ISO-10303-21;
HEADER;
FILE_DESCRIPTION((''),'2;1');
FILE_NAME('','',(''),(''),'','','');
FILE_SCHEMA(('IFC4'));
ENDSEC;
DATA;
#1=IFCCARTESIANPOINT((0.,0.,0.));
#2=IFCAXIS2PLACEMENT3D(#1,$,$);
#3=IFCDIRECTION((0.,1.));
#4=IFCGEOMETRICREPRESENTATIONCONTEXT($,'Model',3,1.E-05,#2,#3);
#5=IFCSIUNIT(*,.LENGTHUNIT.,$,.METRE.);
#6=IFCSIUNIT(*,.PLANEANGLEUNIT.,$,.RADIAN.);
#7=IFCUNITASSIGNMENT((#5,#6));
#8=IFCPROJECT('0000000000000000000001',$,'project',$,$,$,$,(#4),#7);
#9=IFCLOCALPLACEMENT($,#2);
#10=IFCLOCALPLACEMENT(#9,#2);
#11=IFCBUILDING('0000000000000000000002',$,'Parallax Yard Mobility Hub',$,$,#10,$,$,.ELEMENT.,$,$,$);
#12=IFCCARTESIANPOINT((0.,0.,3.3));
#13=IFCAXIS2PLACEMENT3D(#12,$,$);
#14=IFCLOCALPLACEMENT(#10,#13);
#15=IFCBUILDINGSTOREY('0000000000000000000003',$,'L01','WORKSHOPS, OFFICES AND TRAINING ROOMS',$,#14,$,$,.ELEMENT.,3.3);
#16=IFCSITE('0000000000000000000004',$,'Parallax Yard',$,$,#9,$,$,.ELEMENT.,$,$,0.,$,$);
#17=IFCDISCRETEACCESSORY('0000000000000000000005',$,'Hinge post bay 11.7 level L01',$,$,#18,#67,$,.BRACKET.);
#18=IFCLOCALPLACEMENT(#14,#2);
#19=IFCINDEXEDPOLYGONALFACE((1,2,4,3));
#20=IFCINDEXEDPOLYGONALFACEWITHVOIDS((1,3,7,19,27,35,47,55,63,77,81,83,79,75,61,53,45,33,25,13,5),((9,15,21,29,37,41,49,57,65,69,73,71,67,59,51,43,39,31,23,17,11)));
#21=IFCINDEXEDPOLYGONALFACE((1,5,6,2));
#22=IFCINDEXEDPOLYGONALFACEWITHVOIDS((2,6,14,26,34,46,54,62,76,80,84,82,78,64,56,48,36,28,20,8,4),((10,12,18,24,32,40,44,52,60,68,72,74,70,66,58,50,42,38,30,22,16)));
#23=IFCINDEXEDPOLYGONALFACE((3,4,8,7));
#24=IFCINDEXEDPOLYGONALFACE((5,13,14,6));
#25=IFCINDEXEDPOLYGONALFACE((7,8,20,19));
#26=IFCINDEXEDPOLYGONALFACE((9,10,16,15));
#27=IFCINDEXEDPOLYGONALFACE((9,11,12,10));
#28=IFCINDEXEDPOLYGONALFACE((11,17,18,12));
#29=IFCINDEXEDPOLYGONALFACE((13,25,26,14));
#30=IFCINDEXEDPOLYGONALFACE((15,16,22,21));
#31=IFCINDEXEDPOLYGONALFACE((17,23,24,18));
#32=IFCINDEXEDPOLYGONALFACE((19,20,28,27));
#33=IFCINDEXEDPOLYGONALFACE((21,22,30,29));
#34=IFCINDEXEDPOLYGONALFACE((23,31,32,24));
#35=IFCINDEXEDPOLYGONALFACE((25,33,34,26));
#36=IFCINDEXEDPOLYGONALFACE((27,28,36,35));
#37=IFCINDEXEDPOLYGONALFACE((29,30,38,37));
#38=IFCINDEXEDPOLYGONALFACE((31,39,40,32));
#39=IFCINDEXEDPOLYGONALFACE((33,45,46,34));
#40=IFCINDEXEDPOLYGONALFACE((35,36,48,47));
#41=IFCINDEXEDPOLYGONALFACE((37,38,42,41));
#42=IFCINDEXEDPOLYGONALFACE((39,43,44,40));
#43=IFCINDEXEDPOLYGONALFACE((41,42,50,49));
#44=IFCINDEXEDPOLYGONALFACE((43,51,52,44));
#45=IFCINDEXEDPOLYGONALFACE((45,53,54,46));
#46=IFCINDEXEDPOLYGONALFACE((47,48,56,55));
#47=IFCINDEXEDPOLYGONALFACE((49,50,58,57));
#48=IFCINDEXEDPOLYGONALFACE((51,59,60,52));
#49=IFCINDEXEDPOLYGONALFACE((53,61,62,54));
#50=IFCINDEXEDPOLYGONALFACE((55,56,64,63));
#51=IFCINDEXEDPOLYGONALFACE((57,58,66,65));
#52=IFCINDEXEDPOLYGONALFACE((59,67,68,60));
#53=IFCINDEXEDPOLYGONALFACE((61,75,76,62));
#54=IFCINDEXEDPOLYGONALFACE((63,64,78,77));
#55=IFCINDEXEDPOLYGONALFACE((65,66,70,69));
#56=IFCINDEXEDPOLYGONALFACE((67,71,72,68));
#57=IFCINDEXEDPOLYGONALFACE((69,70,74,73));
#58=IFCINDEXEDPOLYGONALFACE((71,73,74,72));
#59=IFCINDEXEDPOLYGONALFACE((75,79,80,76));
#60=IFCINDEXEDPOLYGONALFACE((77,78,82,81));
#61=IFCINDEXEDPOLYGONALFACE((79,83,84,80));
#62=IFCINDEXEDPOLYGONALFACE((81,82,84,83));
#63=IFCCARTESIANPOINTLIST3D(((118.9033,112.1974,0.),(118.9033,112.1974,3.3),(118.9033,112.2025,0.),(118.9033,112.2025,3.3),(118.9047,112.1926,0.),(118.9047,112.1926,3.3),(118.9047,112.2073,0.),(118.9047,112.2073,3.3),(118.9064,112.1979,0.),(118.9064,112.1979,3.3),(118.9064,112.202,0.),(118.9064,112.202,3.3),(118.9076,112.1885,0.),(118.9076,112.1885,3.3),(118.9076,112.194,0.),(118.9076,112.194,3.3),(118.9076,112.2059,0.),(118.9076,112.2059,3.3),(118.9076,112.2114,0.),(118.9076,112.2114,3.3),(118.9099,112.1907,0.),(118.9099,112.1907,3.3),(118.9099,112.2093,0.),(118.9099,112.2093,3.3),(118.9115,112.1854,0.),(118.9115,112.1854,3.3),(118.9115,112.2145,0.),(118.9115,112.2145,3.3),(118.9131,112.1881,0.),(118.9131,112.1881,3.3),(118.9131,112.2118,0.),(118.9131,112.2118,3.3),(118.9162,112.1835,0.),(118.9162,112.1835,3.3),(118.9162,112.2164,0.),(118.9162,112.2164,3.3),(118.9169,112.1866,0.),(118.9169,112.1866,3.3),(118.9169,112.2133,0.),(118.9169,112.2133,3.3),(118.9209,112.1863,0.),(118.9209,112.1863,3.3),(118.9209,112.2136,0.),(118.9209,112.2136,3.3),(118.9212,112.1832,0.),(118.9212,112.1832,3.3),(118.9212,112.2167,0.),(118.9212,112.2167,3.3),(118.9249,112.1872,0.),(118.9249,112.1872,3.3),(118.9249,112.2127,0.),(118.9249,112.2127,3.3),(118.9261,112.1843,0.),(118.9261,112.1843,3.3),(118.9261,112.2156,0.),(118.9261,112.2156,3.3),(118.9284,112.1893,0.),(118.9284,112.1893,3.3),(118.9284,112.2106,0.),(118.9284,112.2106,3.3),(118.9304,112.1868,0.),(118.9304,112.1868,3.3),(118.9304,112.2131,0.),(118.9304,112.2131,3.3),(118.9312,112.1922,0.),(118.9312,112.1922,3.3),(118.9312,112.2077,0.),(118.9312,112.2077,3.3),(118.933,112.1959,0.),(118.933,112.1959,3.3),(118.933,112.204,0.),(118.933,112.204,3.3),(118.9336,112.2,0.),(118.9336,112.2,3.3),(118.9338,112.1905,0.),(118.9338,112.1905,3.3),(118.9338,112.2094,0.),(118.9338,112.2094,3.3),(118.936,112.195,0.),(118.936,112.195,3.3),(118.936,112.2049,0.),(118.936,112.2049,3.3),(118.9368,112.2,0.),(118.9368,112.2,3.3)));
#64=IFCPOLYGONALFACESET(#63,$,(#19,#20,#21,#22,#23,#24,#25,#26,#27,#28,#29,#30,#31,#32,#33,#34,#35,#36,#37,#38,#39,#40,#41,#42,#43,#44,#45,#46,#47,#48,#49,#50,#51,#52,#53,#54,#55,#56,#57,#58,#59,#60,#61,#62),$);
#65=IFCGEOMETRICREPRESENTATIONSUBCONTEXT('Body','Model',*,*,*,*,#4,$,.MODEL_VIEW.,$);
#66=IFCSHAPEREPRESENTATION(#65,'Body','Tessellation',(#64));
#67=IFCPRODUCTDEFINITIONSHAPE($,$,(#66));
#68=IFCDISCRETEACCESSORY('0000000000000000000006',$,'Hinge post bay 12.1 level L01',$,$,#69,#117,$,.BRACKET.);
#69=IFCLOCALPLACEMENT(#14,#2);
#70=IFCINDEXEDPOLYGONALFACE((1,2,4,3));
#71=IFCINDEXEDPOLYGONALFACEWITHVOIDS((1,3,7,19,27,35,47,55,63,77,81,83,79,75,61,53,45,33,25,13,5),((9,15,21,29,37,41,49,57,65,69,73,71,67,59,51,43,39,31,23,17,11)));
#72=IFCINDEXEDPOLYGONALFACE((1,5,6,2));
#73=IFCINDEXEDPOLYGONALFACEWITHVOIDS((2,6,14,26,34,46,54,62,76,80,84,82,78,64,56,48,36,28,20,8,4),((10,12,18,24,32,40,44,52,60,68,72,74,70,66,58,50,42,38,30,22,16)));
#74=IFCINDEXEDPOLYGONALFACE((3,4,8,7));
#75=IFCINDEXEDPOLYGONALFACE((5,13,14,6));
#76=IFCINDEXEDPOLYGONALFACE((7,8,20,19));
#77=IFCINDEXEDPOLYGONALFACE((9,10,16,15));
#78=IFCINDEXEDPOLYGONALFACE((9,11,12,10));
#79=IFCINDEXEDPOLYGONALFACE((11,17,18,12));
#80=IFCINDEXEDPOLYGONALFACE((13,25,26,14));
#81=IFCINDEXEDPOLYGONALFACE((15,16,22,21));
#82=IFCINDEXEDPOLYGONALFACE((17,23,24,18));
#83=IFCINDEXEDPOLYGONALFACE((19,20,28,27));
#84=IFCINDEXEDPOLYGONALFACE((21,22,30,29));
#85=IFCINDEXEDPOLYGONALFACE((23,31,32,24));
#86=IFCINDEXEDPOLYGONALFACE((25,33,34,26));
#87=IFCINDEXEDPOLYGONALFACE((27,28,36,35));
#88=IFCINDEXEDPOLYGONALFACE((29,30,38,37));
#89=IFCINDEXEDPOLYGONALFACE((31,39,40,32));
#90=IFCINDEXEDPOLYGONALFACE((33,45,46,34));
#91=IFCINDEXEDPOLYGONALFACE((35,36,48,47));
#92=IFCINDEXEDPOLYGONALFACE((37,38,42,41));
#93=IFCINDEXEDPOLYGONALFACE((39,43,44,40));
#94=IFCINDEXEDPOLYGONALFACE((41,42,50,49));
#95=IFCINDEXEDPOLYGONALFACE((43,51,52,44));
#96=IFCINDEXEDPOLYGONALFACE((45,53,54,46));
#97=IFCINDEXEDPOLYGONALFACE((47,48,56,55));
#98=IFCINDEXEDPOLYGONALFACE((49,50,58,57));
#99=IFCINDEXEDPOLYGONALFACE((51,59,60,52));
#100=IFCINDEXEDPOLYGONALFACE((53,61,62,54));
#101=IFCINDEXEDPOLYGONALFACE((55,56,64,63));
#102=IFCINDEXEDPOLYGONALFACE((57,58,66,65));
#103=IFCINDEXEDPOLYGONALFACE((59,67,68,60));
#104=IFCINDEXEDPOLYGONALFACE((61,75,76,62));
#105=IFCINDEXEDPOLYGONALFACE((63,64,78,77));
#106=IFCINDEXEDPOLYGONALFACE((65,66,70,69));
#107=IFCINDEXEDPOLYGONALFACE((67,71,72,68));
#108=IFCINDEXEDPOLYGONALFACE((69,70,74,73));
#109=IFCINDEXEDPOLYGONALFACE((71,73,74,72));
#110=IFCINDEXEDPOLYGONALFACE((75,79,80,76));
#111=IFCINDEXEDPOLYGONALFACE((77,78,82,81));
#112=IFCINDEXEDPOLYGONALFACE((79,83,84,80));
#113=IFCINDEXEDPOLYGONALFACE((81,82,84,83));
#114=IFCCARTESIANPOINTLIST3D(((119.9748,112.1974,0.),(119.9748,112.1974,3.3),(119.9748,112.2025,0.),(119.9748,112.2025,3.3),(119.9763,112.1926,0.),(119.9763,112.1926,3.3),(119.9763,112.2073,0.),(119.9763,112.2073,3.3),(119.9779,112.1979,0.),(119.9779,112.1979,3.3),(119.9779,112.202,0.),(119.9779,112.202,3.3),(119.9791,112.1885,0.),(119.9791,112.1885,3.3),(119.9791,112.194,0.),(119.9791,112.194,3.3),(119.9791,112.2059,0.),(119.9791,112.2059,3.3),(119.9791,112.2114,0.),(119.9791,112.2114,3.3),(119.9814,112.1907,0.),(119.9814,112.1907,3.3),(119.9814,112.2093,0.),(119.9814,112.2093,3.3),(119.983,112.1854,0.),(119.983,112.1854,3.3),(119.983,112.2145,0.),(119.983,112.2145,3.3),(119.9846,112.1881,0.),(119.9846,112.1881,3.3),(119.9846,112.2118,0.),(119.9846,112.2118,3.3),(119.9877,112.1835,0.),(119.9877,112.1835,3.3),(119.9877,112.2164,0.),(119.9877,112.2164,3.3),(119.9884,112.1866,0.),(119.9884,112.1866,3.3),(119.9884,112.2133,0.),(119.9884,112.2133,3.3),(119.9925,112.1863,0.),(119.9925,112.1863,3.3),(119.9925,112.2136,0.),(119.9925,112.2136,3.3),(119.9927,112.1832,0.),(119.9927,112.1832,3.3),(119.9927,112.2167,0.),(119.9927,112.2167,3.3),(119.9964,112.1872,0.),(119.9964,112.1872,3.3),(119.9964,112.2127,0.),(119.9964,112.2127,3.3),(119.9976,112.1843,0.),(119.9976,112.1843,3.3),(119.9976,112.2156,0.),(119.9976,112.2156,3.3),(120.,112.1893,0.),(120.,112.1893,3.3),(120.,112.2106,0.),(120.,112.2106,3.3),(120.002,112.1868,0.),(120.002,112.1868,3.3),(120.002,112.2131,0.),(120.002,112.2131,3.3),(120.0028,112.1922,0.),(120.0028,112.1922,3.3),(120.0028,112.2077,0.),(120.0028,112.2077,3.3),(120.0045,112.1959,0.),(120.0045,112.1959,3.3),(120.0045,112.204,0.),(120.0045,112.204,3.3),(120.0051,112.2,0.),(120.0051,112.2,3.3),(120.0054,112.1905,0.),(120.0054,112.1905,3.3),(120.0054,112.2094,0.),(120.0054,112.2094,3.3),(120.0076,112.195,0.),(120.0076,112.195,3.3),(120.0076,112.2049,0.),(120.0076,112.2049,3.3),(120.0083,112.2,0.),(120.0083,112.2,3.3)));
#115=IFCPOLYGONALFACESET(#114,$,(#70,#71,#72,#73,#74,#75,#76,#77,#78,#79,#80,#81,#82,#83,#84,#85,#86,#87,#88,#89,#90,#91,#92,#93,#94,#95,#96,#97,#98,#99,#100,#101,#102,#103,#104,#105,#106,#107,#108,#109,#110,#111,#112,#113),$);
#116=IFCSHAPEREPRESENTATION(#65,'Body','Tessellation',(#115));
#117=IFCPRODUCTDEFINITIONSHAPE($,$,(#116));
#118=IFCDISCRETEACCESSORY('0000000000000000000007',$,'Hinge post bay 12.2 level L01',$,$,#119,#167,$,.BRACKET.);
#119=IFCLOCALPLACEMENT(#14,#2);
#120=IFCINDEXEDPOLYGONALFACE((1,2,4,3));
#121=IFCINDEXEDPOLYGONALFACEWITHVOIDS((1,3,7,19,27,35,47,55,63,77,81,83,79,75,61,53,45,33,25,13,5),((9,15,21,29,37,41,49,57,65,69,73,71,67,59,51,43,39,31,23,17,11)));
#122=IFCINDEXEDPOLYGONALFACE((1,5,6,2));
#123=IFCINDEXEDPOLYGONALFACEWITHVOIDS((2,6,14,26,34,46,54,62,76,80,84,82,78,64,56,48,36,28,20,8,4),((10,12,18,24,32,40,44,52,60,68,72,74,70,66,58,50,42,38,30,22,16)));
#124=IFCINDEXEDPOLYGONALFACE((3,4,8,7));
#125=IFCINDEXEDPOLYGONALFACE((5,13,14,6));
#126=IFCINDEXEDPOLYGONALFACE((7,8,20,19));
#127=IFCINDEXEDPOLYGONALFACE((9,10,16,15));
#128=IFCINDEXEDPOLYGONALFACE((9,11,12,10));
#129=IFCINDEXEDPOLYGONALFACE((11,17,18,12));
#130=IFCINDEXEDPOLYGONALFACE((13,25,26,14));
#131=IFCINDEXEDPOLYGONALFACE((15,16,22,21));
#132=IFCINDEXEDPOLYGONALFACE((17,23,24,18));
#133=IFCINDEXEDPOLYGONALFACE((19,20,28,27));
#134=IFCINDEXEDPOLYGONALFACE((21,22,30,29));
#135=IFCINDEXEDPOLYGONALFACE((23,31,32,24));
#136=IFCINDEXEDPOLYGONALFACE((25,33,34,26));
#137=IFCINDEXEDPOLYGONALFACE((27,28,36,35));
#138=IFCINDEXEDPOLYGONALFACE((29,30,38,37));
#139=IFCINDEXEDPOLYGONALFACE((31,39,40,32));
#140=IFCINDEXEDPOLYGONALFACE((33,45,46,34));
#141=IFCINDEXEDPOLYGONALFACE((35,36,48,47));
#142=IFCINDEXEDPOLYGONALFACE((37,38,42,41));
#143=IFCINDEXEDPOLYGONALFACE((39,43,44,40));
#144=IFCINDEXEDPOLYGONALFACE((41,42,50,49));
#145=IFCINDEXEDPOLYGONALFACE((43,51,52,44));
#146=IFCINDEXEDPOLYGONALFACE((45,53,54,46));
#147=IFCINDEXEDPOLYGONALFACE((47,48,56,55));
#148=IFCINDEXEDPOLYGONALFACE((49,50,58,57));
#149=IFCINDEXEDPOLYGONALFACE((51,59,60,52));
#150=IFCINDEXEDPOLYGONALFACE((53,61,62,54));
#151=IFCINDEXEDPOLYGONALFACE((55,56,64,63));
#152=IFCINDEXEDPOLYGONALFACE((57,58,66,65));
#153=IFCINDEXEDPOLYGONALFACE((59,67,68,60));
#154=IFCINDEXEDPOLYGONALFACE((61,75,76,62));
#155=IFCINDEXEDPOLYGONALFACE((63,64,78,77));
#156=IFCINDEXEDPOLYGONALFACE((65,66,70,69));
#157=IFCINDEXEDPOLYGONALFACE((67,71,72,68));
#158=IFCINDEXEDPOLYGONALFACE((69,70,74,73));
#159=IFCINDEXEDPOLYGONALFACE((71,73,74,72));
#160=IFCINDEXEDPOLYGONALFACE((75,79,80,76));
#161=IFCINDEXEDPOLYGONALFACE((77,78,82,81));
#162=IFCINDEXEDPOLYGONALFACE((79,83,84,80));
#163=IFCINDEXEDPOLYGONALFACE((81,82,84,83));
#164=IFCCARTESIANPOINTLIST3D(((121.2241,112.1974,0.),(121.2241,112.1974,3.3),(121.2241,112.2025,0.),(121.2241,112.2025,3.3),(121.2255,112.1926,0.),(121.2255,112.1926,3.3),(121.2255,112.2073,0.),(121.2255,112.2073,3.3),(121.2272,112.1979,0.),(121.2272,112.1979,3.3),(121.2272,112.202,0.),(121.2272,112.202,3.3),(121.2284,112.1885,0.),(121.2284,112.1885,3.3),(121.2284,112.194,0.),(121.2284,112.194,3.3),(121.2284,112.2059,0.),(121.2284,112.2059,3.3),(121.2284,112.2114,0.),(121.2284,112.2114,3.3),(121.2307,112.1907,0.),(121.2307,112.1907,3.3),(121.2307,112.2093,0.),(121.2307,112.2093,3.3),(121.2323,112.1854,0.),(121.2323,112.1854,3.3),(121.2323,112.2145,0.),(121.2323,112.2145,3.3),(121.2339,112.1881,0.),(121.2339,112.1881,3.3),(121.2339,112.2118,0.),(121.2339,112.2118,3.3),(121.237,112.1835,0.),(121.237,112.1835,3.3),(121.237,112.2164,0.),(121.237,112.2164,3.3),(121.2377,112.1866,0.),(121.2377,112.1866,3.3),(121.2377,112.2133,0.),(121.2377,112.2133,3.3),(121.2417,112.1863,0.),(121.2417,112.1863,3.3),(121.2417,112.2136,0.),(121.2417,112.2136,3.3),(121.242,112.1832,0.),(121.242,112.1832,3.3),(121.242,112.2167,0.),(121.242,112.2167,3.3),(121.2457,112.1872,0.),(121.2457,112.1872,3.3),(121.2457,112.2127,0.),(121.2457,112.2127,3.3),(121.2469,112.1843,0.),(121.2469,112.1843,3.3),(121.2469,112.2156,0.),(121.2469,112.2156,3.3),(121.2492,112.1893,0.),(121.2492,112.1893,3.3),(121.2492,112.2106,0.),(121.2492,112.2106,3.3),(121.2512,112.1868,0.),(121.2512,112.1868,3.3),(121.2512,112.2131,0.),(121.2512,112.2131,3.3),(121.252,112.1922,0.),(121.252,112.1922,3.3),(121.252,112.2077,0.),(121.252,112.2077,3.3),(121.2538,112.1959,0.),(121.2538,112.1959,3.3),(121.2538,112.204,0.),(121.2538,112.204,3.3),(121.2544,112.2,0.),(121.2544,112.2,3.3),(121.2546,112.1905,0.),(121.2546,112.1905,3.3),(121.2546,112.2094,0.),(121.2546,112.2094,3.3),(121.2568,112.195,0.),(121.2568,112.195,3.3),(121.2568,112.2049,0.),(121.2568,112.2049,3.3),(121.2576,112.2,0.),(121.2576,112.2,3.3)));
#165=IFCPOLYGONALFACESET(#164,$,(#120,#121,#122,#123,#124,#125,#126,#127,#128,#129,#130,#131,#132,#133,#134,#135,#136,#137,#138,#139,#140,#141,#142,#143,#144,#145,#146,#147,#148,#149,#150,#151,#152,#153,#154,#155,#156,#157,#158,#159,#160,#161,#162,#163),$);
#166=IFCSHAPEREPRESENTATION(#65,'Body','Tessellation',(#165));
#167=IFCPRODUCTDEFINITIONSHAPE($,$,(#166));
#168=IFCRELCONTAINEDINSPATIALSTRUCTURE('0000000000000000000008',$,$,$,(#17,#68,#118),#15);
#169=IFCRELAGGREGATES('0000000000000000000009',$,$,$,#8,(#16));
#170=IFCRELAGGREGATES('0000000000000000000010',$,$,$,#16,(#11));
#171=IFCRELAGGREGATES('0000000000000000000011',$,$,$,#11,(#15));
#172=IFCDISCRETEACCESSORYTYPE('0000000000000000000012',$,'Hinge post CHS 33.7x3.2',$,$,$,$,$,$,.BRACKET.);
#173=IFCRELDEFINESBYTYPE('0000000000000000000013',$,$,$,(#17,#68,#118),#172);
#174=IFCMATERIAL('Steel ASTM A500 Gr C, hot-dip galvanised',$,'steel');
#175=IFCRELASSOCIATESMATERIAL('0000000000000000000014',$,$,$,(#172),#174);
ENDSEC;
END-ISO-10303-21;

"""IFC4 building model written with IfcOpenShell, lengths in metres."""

from ifc_helpers import new_model, si_unit, direction, frame, origin, origin_2d, place, context, subcontext, project, spatial, hollow_circle, extrude, material, material_profile, profile_set, type_object, element, save


model = new_model("IFC4")

# Units and contexts
model_context = context("Model", 3, precision=1e-05, world=origin(), true_north=direction((0.0, 1.0)))
body_context = subcontext(model_context, "Body", "Model", "MODEL_VIEW")
ifc_project = project(units=[si_unit("LENGTHUNIT", "METRE"), si_unit("PLANEANGLEUNIT", "RADIAN")], contexts=[model_context])

# Site, building, storey
site_placement = place(None, origin())
site = spatial("IfcSite", under=ifc_project, at=site_placement, Name="Parallax Yard", CompositionType="ELEMENT", RefElevation=0.0)
building_placement = place(site_placement, origin())
building = spatial("IfcBuilding", under=site, at=building_placement, Name="Parallax Yard Mobility Hub", CompositionType="ELEMENT")
storey_placement = place(building_placement, frame((0.0, 0.0, 3.3)))
storey = spatial("IfcBuildingStorey", under=building, at=storey_placement, Name="L01", Description="WORKSHOPS, OFFICES AND TRAINING ROOMS", CompositionType="ELEMENT", Elevation=3.3)

# Discrete accessories
ifc_material_1 = material(Name="Steel ASTM A500 Gr C, hot-dip galvanised", Category="steel")
ifc_material_profile_1 = material_profile(ifc_material_1, hollow_circle(Radius=0.0168, WallThickness=0.0032, at=origin_2d()), Name="CHS 33.7x3.2")
ifc_profile_set_1 = profile_set([ifc_material_profile_1], Name="Steel ASTM A500 Gr C, hot-dip galvanised")
discrete_accessory_type_1 = type_object("IfcDiscreteAccessoryType", Name="Hinge post CHS 33.7x3.2", PredefinedType="BRACKET", material=ifc_profile_set_1)
for number, where, z_axis, x_axis, name in (
    (1, (118.9199, 112.2, 0.0), (0.0, 0.0, 1.0), (1.0, 0.0, 0.0), "Hinge post bay 11.7 level L01"),
    (2, (119.9915, 112.2, 0.0), (0.0, 0.0, 1.0), (1.0, 0.0, 0.0), "Hinge post bay 12.1 level L01"),
    (3, (121.2407, 112.2, 0.0), (0.0, 0.0, 1.0), (1.0, 0.0, 0.0), "Hinge post bay 12.2 level L01"),
):
    element("IfcDiscreteAccessory", number, at=place(storey_placement, frame(where, z_axis=z_axis, x_axis=x_axis)), inside=storey, type_object=discrete_accessory_type_1, Name=name, PredefinedType="BRACKET", context=body_context, shape_type="SweptSolid", body=[
        extrude(hollow_circle(Radius=0.0168, WallThickness=0.0032, at=origin_2d()), origin(), (0.0, 0.0, 1.0), 3.3),
    ])

save(model, "model.ifc")
